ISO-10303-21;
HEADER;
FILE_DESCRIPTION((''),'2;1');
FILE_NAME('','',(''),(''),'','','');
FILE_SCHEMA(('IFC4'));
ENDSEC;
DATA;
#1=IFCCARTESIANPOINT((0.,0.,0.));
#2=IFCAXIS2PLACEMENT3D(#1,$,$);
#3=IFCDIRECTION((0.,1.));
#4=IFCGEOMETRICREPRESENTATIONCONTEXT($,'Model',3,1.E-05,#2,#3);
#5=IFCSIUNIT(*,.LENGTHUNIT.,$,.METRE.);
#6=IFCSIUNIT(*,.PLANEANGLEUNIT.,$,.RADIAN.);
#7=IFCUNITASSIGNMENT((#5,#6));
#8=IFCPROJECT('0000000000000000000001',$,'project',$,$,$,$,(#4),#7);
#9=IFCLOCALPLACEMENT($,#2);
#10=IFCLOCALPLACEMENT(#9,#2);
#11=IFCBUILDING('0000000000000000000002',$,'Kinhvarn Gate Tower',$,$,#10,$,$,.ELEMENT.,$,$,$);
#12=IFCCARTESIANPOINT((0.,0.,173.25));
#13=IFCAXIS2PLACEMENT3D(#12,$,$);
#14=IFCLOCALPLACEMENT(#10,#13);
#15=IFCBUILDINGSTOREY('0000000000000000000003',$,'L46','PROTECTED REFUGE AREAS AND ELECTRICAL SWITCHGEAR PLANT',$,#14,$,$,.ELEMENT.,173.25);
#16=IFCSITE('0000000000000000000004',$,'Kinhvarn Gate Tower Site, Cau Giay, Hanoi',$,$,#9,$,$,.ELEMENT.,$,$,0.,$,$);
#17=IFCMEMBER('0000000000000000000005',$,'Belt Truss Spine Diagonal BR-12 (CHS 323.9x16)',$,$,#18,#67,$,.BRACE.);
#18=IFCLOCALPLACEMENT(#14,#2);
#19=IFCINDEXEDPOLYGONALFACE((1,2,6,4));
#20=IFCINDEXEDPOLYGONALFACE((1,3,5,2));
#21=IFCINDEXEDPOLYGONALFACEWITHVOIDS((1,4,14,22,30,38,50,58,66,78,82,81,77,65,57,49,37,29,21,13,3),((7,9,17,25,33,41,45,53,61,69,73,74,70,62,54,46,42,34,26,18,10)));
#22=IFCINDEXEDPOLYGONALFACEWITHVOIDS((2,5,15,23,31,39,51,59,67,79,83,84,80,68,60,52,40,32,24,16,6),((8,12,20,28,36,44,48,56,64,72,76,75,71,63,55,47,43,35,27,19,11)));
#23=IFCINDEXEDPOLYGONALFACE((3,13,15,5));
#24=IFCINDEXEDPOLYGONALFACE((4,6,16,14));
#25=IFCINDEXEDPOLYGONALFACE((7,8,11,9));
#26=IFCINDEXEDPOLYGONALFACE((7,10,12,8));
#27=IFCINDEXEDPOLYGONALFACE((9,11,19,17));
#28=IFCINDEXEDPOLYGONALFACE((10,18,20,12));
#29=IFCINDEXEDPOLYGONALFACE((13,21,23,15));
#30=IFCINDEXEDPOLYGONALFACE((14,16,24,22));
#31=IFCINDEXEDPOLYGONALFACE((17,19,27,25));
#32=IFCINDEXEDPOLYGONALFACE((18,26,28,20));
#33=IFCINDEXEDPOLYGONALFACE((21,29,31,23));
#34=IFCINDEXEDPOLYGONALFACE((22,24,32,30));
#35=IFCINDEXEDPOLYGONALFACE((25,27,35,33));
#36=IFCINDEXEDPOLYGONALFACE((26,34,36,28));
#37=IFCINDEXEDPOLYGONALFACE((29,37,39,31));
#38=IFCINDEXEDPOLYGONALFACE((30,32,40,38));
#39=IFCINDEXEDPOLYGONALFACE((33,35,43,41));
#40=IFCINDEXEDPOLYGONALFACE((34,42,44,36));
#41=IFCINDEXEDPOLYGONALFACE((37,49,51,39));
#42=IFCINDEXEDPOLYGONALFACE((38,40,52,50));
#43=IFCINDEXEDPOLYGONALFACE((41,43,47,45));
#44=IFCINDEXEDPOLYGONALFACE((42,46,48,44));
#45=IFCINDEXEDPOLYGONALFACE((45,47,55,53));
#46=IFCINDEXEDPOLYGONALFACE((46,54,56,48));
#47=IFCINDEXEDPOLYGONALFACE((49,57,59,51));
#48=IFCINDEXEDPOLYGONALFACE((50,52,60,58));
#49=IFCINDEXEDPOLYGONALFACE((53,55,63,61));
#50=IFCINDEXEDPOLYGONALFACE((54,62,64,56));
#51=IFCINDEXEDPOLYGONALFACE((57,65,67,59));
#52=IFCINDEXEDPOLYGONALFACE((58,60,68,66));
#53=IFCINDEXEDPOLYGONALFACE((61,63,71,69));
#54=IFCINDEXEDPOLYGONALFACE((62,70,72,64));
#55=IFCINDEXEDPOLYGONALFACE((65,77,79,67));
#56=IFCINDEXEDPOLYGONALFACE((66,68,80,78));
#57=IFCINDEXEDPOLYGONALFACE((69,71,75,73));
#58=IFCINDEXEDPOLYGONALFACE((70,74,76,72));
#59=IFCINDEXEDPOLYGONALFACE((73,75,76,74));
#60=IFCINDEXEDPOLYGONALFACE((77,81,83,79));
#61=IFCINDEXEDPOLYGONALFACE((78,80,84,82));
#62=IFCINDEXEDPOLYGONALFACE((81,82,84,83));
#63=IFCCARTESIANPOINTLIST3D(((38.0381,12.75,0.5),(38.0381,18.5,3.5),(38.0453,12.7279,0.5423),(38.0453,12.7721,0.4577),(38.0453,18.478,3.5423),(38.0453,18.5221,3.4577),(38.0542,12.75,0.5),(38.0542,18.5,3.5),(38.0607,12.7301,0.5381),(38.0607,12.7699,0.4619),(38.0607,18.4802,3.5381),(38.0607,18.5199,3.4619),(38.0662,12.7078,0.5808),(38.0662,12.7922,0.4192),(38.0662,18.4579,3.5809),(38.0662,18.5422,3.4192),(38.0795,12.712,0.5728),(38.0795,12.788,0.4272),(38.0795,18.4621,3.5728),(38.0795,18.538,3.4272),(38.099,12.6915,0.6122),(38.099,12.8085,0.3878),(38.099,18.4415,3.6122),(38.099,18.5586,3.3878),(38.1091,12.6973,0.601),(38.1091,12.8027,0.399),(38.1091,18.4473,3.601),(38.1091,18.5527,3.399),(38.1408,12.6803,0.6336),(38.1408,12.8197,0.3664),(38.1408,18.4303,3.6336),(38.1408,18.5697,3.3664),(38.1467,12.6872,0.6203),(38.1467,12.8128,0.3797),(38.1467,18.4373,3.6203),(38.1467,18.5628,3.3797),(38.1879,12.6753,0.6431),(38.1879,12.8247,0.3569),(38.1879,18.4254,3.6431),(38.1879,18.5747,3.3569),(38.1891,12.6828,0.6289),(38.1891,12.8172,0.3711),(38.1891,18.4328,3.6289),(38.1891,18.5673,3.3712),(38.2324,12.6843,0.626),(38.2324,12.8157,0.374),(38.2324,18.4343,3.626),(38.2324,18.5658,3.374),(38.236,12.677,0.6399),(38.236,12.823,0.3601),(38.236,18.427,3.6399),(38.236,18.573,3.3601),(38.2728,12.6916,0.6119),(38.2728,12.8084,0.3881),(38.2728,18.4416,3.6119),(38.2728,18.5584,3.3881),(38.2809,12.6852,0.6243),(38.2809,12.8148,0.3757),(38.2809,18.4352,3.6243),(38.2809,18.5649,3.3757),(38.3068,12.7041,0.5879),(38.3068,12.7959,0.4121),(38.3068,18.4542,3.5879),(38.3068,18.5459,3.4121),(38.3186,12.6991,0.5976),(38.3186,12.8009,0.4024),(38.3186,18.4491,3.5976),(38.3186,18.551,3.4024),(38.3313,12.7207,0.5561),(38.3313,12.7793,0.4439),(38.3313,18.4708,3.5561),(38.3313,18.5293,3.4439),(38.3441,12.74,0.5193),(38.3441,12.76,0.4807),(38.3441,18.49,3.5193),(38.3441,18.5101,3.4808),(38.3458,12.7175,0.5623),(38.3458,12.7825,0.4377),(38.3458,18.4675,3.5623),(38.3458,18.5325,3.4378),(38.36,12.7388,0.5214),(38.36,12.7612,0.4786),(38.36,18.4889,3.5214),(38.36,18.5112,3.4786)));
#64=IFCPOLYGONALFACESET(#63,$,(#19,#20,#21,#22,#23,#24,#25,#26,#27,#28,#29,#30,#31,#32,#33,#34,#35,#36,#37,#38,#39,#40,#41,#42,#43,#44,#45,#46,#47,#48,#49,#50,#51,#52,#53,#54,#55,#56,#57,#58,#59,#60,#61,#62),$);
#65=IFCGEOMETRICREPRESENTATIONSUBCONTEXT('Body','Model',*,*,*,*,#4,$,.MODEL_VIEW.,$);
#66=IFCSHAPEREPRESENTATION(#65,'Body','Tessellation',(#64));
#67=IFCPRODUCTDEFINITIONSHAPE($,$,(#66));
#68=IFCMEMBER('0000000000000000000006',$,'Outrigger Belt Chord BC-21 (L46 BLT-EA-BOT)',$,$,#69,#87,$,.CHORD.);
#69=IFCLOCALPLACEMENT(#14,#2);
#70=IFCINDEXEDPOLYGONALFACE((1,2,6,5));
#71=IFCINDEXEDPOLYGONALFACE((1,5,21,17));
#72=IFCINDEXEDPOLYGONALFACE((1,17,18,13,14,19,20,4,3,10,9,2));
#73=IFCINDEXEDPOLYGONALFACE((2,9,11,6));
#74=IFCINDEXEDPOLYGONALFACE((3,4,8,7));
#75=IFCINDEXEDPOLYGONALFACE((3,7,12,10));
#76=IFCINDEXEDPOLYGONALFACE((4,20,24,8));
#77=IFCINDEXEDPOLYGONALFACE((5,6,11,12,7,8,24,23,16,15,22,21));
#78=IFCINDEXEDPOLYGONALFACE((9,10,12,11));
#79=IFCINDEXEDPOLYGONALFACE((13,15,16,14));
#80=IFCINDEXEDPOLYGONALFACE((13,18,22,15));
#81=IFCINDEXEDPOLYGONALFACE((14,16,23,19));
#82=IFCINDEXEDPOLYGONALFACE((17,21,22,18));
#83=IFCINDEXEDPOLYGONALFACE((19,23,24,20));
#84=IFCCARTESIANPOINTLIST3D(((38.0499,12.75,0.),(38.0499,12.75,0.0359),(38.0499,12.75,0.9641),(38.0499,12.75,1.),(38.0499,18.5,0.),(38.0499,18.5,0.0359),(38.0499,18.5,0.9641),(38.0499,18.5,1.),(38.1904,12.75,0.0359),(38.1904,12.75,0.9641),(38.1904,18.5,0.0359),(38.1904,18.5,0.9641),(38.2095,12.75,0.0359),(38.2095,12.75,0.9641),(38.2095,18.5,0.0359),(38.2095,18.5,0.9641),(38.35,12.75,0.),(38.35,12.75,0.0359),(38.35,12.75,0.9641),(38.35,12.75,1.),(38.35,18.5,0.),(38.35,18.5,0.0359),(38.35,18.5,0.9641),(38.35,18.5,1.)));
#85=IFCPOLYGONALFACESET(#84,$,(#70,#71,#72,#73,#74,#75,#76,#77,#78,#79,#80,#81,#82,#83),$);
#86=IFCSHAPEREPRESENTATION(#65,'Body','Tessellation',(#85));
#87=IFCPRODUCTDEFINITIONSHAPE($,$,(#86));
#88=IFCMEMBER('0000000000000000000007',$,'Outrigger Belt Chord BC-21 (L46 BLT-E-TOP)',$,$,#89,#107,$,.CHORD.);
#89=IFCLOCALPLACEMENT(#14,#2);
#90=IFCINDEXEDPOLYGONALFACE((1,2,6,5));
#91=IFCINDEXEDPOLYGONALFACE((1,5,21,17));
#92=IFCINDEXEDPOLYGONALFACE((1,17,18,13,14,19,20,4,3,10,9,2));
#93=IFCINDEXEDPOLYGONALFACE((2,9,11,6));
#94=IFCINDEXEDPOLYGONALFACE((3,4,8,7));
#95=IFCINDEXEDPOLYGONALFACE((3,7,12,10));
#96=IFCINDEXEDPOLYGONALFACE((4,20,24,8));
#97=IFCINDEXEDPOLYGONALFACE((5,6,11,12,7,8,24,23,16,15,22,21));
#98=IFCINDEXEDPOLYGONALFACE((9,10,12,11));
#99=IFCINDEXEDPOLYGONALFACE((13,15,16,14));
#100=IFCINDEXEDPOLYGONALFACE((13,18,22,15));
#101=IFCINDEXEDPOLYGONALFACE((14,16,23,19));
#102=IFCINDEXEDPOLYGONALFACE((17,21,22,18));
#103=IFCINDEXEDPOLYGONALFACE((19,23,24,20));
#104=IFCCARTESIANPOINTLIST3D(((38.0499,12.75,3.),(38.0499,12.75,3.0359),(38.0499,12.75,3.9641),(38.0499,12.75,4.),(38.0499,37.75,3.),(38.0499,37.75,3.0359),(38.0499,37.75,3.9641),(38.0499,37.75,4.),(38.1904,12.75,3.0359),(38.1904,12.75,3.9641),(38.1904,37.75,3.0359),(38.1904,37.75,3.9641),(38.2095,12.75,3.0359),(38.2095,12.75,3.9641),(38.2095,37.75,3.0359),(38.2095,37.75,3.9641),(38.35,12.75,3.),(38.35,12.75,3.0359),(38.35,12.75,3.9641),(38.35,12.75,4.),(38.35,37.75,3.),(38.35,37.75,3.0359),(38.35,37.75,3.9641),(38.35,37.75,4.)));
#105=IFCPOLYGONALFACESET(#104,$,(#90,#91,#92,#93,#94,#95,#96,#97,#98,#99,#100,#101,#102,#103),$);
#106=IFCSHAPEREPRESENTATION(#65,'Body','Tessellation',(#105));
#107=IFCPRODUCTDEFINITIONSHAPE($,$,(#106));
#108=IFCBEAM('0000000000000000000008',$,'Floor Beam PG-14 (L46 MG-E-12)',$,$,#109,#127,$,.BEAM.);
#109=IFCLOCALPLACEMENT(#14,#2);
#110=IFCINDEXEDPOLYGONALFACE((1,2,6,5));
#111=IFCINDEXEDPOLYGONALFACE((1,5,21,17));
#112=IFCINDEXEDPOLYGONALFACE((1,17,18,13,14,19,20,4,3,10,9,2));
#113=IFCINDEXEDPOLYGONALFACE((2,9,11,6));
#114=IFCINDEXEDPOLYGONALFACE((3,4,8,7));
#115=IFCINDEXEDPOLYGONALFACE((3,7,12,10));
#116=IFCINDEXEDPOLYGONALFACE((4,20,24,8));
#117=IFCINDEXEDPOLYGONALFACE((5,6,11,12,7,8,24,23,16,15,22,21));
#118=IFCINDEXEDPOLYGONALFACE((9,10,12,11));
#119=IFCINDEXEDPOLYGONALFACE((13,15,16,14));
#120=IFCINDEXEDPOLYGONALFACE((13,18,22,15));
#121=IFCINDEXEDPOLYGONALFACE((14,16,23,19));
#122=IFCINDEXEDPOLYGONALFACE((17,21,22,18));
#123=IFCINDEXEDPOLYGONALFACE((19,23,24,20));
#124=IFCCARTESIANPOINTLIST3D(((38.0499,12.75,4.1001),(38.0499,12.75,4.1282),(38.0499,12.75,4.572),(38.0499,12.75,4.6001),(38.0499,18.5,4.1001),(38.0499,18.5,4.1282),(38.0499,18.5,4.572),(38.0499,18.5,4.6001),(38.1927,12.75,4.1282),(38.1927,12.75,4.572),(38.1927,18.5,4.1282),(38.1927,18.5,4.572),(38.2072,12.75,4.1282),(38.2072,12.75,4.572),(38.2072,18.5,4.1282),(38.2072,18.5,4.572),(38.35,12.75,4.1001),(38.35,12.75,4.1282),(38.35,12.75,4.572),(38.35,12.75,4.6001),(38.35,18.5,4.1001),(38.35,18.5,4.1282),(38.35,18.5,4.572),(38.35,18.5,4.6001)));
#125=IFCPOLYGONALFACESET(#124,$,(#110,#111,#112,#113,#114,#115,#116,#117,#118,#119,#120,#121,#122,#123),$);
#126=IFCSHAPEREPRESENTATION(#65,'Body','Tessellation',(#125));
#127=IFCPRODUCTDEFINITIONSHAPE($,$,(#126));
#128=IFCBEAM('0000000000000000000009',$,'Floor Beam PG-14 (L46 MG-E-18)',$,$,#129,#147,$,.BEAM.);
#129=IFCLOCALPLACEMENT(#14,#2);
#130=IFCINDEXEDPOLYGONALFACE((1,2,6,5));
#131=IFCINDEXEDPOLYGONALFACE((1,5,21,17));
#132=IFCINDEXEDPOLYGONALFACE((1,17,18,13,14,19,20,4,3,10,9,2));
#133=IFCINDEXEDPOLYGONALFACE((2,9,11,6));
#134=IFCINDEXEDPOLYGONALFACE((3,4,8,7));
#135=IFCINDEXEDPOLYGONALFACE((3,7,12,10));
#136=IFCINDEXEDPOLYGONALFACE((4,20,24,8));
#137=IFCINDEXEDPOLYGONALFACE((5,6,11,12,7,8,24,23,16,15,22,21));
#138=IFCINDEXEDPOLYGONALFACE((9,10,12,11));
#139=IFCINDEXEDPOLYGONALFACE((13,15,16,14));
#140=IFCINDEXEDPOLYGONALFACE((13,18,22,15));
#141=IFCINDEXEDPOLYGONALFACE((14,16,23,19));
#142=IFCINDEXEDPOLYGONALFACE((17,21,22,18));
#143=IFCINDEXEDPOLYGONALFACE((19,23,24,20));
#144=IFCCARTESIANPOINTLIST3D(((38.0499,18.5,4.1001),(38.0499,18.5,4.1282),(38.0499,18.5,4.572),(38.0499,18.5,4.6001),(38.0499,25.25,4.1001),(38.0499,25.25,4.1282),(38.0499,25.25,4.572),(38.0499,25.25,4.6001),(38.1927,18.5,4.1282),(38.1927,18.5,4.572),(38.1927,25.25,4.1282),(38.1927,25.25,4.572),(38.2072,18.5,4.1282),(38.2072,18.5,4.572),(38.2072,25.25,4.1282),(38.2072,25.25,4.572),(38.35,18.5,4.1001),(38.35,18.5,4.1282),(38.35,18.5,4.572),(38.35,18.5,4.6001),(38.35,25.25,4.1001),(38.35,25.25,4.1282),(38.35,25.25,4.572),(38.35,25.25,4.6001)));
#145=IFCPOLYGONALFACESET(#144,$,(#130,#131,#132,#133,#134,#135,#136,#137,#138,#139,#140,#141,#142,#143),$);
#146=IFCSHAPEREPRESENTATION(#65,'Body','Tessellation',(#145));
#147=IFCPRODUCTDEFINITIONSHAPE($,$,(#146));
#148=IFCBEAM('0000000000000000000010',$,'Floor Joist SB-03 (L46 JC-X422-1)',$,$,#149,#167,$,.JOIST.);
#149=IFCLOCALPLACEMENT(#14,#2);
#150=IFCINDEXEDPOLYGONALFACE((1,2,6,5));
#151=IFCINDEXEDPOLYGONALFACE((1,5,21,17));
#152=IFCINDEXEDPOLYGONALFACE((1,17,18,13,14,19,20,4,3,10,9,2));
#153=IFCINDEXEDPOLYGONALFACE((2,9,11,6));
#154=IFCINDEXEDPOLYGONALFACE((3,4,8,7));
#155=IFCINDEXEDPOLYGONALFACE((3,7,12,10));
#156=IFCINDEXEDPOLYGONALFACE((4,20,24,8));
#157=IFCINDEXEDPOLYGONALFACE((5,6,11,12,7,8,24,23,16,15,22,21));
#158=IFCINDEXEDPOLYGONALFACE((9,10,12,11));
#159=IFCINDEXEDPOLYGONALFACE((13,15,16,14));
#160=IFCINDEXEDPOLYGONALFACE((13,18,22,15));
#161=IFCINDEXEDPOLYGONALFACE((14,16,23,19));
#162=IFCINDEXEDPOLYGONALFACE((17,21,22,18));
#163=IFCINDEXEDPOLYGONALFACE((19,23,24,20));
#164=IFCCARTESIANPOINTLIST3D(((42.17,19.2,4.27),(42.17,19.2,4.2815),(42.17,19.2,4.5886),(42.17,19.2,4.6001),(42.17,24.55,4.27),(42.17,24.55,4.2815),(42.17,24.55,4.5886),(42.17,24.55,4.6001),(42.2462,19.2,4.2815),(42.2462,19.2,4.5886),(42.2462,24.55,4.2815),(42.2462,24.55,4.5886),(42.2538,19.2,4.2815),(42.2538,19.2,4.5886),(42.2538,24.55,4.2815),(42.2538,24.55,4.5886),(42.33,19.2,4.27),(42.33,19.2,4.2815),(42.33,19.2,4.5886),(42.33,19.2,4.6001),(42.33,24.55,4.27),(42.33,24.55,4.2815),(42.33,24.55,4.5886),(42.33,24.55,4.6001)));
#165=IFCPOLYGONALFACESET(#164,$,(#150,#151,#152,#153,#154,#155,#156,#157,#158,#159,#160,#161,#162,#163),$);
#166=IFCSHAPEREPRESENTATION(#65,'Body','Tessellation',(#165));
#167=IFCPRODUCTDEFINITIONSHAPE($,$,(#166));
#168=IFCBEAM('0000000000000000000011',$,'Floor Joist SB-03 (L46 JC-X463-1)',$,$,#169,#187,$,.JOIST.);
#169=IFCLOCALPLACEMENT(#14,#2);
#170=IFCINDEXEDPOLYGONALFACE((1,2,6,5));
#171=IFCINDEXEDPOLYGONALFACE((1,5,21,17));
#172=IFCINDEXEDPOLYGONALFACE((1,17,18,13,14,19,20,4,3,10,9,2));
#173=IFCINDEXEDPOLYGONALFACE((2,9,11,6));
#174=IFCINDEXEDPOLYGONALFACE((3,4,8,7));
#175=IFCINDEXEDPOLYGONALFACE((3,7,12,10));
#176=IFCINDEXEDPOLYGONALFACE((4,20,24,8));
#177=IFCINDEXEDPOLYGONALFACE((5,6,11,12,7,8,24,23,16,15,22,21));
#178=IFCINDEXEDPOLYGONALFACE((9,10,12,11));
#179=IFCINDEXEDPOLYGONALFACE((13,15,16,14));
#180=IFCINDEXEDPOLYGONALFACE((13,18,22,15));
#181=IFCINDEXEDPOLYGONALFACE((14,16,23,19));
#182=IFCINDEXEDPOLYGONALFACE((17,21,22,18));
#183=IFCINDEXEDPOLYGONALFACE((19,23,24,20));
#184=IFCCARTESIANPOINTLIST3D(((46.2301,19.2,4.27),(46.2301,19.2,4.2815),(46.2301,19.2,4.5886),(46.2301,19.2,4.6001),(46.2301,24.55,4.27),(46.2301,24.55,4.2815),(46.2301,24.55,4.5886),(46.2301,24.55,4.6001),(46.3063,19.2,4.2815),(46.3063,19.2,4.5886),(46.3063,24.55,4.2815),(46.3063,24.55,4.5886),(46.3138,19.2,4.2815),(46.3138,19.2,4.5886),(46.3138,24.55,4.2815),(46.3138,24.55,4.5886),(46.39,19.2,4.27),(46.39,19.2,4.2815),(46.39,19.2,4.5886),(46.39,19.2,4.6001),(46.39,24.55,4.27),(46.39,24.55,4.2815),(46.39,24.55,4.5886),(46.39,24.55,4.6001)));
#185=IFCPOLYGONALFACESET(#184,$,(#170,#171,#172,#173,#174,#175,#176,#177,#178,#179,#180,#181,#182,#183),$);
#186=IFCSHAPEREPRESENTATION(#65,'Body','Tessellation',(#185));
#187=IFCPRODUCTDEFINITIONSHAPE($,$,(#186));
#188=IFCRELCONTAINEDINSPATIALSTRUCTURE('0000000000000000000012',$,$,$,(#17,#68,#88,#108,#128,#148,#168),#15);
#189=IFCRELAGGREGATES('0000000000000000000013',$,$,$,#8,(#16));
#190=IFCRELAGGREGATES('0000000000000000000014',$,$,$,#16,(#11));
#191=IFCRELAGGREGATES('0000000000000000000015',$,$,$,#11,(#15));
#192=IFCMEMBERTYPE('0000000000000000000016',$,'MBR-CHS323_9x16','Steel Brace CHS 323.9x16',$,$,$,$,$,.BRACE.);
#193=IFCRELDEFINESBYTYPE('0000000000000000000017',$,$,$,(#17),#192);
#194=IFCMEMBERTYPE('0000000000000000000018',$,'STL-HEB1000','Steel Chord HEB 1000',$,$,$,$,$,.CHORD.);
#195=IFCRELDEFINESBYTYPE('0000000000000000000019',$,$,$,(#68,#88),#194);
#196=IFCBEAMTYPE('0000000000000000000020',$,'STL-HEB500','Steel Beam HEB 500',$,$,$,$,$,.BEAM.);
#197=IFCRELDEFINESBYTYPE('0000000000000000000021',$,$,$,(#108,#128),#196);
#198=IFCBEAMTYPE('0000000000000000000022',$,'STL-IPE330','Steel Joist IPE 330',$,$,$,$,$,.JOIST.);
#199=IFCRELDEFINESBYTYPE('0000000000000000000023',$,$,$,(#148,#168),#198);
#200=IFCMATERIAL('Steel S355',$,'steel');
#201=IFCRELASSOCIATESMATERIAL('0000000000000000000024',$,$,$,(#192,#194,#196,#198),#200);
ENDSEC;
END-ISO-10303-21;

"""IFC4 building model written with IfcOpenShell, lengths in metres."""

from ifc_helpers import new_model, si_unit, direction, frame, origin, origin_2d, place, context, subcontext, project, spatial, hollow_circle, i_section, extrude, material, material_profile, profile_set, type_object, element, save


model = new_model("IFC4")

# Units and contexts
model_context = context("Model", 3, precision=1e-05, world=origin(), true_north=direction((0.0, 1.0)))
body_context = subcontext(model_context, "Body", "Model", "MODEL_VIEW")
ifc_project = project(units=[si_unit("LENGTHUNIT", "METRE"), si_unit("PLANEANGLEUNIT", "RADIAN")], contexts=[model_context])

# Site, building, storey
site_placement = place(None, origin())
site = spatial("IfcSite", under=ifc_project, at=site_placement, Name="Kinhvarn Gate Tower Site, Cau Giay, Hanoi", CompositionType="ELEMENT", RefElevation=0.0)
building_placement = place(site_placement, origin())
building = spatial("IfcBuilding", under=site, at=building_placement, Name="Kinhvarn Gate Tower", CompositionType="ELEMENT")
storey_placement = place(building_placement, frame((0.0, 0.0, 173.25)))
storey = spatial("IfcBuildingStorey", under=building, at=storey_placement, Name="L46", Description="PROTECTED REFUGE AREAS AND ELECTRICAL SWITCHGEAR PLANT", CompositionType="ELEMENT", Elevation=173.25)

# Members
ifc_material_1 = material(Name="Steel S355", Category="steel")
ifc_material_profile_1 = material_profile(ifc_material_1, hollow_circle(Radius=0.1619, WallThickness=0.0161, at=origin_2d()), Name="CHS 323.9x16")
ifc_profile_set_1 = profile_set([ifc_material_profile_1], Name="Steel S355")
member_type_1 = type_object("IfcMemberType", Name="MBR-CHS323_9x16", Description="Steel Brace CHS 323.9x16", PredefinedType="BRACE", material=ifc_profile_set_1)
member_1_placement = place(storey_placement, frame((38.2, 12.75, 0.5), z_axis=(0.0, 0.886585, 0.462566), x_axis=(-1.0, 0.0, 0.0)))
element("IfcMember", 1, at=member_1_placement, inside=storey, type_object=member_type_1, Name="Belt Truss Spine Diagonal BR-12 (CHS 323.9x16)", PredefinedType="BRACE", context=body_context, shape_type="SweptSolid", body=[
    extrude(hollow_circle(Radius=0.1619, WallThickness=0.0161, at=origin_2d()), origin(), (0.0, 0.0, 1.0), 6.4856),
])
ifc_material_profile_2 = material_profile(ifc_material_1, i_section(OverallWidth=0.3, OverallDepth=1.0, WebThickness=0.019, FlangeThickness=0.0359, at=origin_2d()), Name="HEB 1000")
ifc_profile_set_2 = profile_set([ifc_material_profile_2], Name="Steel S355")
member_type_2 = type_object("IfcMemberType", Name="STL-HEB1000", Description="Steel Chord HEB 1000", PredefinedType="CHORD", material=ifc_profile_set_2)
member_2_placement = place(storey_placement, frame((38.2, 12.75, 0.5), z_axis=(0.0, 1.0, 0.0), x_axis=(-1.0, 0.0, 0.0)))
element("IfcMember", 2, at=member_2_placement, inside=storey, type_object=member_type_2, Name="Outrigger Belt Chord BC-21 (L46 BLT-EA-BOT)", PredefinedType="CHORD", context=body_context, shape_type="SweptSolid", body=[
    extrude(i_section(OverallWidth=0.3, OverallDepth=1.0, WebThickness=0.019, FlangeThickness=0.0359, at=origin_2d()), origin(), (0.0, 0.0, 1.0), 5.75),
])
member_3_placement = place(storey_placement, frame((38.2, 12.75, 3.5), z_axis=(0.0, 1.0, 0.0), x_axis=(-1.0, 0.0, 0.0)))
element("IfcMember", 3, at=member_3_placement, inside=storey, type_object=member_type_2, Name="Outrigger Belt Chord BC-21 (L46 BLT-E-TOP)", PredefinedType="CHORD", context=body_context, shape_type="SweptSolid", body=[
    extrude(i_section(OverallWidth=0.3, OverallDepth=1.0, WebThickness=0.019, FlangeThickness=0.0359, at=origin_2d()), origin(), (0.0, 0.0, 1.0), 25.0),
])

# Beams
ifc_material_profile_3 = material_profile(ifc_material_1, i_section(OverallWidth=0.3, OverallDepth=0.5, WebThickness=0.0144, FlangeThickness=0.0281, at=origin_2d()), Name="HEB 500")
ifc_profile_set_3 = profile_set([ifc_material_profile_3], Name="Steel S355")
beam_type_1 = type_object("IfcBeamType", Name="STL-HEB500", Description="Steel Beam HEB 500", PredefinedType="BEAM", material=ifc_profile_set_3)
beam_1_placement = place(storey_placement, frame((38.2, 12.75, 4.3501), z_axis=(0.0, 1.0, 0.0), x_axis=(-1.0, 0.0, 0.0)))
element("IfcBeam", 4, at=beam_1_placement, inside=storey, type_object=beam_type_1, Name="Floor Beam PG-14 (L46 MG-E-12)", PredefinedType="BEAM", context=body_context, shape_type="SweptSolid", body=[
    extrude(i_section(OverallWidth=0.3, OverallDepth=0.5, WebThickness=0.0144, FlangeThickness=0.0281, at=origin_2d()), origin(), (0.0, 0.0, 1.0), 5.75),
])
beam_2_placement = place(storey_placement, frame((38.2, 18.5, 4.3501), z_axis=(0.0, 1.0, 0.0), x_axis=(-1.0, 0.0, 0.0)))
element("IfcBeam", 5, at=beam_2_placement, inside=storey, type_object=beam_type_1, Name="Floor Beam PG-14 (L46 MG-E-18)", PredefinedType="BEAM", context=body_context, shape_type="SweptSolid", body=[
    extrude(i_section(OverallWidth=0.3, OverallDepth=0.5, WebThickness=0.0144, FlangeThickness=0.0281, at=origin_2d()), origin(), (0.0, 0.0, 1.0), 6.75),
])
ifc_material_profile_4 = material_profile(ifc_material_1, i_section(OverallWidth=0.1599, OverallDepth=0.3301, WebThickness=0.0076, FlangeThickness=0.0115, at=origin_2d()), Name="IPE 330")
ifc_profile_set_4 = profile_set([ifc_material_profile_4], Name="Steel S355")
beam_type_2 = type_object("IfcBeamType", Name="STL-IPE330", Description="Steel Joist IPE 330", PredefinedType="JOIST", material=ifc_profile_set_4)
for number, where, z_axis, x_axis, name in (
    (6, (42.25, 19.2, 4.4351), (0.0, 1.0, 0.0), (-1.0, 0.0, 0.0), "Floor Joist SB-03 (L46 JC-X422-1)"),
    (7, (46.3101, 19.2, 4.4351), (0.0, 1.0, 0.0), (-1.0, 0.0, 0.0), "Floor Joist SB-03 (L46 JC-X463-1)"),
):
    element("IfcBeam", number, at=place(storey_placement, frame(where, z_axis=z_axis, x_axis=x_axis)), inside=storey, type_object=beam_type_2, Name=name, PredefinedType="JOIST", context=body_context, shape_type="SweptSolid", body=[
        extrude(i_section(OverallWidth=0.1599, OverallDepth=0.3301, WebThickness=0.0076, FlangeThickness=0.0115, at=origin_2d()), origin(), (0.0, 0.0, 1.0), 5.3501),
    ])

save(model, "model.ifc")
